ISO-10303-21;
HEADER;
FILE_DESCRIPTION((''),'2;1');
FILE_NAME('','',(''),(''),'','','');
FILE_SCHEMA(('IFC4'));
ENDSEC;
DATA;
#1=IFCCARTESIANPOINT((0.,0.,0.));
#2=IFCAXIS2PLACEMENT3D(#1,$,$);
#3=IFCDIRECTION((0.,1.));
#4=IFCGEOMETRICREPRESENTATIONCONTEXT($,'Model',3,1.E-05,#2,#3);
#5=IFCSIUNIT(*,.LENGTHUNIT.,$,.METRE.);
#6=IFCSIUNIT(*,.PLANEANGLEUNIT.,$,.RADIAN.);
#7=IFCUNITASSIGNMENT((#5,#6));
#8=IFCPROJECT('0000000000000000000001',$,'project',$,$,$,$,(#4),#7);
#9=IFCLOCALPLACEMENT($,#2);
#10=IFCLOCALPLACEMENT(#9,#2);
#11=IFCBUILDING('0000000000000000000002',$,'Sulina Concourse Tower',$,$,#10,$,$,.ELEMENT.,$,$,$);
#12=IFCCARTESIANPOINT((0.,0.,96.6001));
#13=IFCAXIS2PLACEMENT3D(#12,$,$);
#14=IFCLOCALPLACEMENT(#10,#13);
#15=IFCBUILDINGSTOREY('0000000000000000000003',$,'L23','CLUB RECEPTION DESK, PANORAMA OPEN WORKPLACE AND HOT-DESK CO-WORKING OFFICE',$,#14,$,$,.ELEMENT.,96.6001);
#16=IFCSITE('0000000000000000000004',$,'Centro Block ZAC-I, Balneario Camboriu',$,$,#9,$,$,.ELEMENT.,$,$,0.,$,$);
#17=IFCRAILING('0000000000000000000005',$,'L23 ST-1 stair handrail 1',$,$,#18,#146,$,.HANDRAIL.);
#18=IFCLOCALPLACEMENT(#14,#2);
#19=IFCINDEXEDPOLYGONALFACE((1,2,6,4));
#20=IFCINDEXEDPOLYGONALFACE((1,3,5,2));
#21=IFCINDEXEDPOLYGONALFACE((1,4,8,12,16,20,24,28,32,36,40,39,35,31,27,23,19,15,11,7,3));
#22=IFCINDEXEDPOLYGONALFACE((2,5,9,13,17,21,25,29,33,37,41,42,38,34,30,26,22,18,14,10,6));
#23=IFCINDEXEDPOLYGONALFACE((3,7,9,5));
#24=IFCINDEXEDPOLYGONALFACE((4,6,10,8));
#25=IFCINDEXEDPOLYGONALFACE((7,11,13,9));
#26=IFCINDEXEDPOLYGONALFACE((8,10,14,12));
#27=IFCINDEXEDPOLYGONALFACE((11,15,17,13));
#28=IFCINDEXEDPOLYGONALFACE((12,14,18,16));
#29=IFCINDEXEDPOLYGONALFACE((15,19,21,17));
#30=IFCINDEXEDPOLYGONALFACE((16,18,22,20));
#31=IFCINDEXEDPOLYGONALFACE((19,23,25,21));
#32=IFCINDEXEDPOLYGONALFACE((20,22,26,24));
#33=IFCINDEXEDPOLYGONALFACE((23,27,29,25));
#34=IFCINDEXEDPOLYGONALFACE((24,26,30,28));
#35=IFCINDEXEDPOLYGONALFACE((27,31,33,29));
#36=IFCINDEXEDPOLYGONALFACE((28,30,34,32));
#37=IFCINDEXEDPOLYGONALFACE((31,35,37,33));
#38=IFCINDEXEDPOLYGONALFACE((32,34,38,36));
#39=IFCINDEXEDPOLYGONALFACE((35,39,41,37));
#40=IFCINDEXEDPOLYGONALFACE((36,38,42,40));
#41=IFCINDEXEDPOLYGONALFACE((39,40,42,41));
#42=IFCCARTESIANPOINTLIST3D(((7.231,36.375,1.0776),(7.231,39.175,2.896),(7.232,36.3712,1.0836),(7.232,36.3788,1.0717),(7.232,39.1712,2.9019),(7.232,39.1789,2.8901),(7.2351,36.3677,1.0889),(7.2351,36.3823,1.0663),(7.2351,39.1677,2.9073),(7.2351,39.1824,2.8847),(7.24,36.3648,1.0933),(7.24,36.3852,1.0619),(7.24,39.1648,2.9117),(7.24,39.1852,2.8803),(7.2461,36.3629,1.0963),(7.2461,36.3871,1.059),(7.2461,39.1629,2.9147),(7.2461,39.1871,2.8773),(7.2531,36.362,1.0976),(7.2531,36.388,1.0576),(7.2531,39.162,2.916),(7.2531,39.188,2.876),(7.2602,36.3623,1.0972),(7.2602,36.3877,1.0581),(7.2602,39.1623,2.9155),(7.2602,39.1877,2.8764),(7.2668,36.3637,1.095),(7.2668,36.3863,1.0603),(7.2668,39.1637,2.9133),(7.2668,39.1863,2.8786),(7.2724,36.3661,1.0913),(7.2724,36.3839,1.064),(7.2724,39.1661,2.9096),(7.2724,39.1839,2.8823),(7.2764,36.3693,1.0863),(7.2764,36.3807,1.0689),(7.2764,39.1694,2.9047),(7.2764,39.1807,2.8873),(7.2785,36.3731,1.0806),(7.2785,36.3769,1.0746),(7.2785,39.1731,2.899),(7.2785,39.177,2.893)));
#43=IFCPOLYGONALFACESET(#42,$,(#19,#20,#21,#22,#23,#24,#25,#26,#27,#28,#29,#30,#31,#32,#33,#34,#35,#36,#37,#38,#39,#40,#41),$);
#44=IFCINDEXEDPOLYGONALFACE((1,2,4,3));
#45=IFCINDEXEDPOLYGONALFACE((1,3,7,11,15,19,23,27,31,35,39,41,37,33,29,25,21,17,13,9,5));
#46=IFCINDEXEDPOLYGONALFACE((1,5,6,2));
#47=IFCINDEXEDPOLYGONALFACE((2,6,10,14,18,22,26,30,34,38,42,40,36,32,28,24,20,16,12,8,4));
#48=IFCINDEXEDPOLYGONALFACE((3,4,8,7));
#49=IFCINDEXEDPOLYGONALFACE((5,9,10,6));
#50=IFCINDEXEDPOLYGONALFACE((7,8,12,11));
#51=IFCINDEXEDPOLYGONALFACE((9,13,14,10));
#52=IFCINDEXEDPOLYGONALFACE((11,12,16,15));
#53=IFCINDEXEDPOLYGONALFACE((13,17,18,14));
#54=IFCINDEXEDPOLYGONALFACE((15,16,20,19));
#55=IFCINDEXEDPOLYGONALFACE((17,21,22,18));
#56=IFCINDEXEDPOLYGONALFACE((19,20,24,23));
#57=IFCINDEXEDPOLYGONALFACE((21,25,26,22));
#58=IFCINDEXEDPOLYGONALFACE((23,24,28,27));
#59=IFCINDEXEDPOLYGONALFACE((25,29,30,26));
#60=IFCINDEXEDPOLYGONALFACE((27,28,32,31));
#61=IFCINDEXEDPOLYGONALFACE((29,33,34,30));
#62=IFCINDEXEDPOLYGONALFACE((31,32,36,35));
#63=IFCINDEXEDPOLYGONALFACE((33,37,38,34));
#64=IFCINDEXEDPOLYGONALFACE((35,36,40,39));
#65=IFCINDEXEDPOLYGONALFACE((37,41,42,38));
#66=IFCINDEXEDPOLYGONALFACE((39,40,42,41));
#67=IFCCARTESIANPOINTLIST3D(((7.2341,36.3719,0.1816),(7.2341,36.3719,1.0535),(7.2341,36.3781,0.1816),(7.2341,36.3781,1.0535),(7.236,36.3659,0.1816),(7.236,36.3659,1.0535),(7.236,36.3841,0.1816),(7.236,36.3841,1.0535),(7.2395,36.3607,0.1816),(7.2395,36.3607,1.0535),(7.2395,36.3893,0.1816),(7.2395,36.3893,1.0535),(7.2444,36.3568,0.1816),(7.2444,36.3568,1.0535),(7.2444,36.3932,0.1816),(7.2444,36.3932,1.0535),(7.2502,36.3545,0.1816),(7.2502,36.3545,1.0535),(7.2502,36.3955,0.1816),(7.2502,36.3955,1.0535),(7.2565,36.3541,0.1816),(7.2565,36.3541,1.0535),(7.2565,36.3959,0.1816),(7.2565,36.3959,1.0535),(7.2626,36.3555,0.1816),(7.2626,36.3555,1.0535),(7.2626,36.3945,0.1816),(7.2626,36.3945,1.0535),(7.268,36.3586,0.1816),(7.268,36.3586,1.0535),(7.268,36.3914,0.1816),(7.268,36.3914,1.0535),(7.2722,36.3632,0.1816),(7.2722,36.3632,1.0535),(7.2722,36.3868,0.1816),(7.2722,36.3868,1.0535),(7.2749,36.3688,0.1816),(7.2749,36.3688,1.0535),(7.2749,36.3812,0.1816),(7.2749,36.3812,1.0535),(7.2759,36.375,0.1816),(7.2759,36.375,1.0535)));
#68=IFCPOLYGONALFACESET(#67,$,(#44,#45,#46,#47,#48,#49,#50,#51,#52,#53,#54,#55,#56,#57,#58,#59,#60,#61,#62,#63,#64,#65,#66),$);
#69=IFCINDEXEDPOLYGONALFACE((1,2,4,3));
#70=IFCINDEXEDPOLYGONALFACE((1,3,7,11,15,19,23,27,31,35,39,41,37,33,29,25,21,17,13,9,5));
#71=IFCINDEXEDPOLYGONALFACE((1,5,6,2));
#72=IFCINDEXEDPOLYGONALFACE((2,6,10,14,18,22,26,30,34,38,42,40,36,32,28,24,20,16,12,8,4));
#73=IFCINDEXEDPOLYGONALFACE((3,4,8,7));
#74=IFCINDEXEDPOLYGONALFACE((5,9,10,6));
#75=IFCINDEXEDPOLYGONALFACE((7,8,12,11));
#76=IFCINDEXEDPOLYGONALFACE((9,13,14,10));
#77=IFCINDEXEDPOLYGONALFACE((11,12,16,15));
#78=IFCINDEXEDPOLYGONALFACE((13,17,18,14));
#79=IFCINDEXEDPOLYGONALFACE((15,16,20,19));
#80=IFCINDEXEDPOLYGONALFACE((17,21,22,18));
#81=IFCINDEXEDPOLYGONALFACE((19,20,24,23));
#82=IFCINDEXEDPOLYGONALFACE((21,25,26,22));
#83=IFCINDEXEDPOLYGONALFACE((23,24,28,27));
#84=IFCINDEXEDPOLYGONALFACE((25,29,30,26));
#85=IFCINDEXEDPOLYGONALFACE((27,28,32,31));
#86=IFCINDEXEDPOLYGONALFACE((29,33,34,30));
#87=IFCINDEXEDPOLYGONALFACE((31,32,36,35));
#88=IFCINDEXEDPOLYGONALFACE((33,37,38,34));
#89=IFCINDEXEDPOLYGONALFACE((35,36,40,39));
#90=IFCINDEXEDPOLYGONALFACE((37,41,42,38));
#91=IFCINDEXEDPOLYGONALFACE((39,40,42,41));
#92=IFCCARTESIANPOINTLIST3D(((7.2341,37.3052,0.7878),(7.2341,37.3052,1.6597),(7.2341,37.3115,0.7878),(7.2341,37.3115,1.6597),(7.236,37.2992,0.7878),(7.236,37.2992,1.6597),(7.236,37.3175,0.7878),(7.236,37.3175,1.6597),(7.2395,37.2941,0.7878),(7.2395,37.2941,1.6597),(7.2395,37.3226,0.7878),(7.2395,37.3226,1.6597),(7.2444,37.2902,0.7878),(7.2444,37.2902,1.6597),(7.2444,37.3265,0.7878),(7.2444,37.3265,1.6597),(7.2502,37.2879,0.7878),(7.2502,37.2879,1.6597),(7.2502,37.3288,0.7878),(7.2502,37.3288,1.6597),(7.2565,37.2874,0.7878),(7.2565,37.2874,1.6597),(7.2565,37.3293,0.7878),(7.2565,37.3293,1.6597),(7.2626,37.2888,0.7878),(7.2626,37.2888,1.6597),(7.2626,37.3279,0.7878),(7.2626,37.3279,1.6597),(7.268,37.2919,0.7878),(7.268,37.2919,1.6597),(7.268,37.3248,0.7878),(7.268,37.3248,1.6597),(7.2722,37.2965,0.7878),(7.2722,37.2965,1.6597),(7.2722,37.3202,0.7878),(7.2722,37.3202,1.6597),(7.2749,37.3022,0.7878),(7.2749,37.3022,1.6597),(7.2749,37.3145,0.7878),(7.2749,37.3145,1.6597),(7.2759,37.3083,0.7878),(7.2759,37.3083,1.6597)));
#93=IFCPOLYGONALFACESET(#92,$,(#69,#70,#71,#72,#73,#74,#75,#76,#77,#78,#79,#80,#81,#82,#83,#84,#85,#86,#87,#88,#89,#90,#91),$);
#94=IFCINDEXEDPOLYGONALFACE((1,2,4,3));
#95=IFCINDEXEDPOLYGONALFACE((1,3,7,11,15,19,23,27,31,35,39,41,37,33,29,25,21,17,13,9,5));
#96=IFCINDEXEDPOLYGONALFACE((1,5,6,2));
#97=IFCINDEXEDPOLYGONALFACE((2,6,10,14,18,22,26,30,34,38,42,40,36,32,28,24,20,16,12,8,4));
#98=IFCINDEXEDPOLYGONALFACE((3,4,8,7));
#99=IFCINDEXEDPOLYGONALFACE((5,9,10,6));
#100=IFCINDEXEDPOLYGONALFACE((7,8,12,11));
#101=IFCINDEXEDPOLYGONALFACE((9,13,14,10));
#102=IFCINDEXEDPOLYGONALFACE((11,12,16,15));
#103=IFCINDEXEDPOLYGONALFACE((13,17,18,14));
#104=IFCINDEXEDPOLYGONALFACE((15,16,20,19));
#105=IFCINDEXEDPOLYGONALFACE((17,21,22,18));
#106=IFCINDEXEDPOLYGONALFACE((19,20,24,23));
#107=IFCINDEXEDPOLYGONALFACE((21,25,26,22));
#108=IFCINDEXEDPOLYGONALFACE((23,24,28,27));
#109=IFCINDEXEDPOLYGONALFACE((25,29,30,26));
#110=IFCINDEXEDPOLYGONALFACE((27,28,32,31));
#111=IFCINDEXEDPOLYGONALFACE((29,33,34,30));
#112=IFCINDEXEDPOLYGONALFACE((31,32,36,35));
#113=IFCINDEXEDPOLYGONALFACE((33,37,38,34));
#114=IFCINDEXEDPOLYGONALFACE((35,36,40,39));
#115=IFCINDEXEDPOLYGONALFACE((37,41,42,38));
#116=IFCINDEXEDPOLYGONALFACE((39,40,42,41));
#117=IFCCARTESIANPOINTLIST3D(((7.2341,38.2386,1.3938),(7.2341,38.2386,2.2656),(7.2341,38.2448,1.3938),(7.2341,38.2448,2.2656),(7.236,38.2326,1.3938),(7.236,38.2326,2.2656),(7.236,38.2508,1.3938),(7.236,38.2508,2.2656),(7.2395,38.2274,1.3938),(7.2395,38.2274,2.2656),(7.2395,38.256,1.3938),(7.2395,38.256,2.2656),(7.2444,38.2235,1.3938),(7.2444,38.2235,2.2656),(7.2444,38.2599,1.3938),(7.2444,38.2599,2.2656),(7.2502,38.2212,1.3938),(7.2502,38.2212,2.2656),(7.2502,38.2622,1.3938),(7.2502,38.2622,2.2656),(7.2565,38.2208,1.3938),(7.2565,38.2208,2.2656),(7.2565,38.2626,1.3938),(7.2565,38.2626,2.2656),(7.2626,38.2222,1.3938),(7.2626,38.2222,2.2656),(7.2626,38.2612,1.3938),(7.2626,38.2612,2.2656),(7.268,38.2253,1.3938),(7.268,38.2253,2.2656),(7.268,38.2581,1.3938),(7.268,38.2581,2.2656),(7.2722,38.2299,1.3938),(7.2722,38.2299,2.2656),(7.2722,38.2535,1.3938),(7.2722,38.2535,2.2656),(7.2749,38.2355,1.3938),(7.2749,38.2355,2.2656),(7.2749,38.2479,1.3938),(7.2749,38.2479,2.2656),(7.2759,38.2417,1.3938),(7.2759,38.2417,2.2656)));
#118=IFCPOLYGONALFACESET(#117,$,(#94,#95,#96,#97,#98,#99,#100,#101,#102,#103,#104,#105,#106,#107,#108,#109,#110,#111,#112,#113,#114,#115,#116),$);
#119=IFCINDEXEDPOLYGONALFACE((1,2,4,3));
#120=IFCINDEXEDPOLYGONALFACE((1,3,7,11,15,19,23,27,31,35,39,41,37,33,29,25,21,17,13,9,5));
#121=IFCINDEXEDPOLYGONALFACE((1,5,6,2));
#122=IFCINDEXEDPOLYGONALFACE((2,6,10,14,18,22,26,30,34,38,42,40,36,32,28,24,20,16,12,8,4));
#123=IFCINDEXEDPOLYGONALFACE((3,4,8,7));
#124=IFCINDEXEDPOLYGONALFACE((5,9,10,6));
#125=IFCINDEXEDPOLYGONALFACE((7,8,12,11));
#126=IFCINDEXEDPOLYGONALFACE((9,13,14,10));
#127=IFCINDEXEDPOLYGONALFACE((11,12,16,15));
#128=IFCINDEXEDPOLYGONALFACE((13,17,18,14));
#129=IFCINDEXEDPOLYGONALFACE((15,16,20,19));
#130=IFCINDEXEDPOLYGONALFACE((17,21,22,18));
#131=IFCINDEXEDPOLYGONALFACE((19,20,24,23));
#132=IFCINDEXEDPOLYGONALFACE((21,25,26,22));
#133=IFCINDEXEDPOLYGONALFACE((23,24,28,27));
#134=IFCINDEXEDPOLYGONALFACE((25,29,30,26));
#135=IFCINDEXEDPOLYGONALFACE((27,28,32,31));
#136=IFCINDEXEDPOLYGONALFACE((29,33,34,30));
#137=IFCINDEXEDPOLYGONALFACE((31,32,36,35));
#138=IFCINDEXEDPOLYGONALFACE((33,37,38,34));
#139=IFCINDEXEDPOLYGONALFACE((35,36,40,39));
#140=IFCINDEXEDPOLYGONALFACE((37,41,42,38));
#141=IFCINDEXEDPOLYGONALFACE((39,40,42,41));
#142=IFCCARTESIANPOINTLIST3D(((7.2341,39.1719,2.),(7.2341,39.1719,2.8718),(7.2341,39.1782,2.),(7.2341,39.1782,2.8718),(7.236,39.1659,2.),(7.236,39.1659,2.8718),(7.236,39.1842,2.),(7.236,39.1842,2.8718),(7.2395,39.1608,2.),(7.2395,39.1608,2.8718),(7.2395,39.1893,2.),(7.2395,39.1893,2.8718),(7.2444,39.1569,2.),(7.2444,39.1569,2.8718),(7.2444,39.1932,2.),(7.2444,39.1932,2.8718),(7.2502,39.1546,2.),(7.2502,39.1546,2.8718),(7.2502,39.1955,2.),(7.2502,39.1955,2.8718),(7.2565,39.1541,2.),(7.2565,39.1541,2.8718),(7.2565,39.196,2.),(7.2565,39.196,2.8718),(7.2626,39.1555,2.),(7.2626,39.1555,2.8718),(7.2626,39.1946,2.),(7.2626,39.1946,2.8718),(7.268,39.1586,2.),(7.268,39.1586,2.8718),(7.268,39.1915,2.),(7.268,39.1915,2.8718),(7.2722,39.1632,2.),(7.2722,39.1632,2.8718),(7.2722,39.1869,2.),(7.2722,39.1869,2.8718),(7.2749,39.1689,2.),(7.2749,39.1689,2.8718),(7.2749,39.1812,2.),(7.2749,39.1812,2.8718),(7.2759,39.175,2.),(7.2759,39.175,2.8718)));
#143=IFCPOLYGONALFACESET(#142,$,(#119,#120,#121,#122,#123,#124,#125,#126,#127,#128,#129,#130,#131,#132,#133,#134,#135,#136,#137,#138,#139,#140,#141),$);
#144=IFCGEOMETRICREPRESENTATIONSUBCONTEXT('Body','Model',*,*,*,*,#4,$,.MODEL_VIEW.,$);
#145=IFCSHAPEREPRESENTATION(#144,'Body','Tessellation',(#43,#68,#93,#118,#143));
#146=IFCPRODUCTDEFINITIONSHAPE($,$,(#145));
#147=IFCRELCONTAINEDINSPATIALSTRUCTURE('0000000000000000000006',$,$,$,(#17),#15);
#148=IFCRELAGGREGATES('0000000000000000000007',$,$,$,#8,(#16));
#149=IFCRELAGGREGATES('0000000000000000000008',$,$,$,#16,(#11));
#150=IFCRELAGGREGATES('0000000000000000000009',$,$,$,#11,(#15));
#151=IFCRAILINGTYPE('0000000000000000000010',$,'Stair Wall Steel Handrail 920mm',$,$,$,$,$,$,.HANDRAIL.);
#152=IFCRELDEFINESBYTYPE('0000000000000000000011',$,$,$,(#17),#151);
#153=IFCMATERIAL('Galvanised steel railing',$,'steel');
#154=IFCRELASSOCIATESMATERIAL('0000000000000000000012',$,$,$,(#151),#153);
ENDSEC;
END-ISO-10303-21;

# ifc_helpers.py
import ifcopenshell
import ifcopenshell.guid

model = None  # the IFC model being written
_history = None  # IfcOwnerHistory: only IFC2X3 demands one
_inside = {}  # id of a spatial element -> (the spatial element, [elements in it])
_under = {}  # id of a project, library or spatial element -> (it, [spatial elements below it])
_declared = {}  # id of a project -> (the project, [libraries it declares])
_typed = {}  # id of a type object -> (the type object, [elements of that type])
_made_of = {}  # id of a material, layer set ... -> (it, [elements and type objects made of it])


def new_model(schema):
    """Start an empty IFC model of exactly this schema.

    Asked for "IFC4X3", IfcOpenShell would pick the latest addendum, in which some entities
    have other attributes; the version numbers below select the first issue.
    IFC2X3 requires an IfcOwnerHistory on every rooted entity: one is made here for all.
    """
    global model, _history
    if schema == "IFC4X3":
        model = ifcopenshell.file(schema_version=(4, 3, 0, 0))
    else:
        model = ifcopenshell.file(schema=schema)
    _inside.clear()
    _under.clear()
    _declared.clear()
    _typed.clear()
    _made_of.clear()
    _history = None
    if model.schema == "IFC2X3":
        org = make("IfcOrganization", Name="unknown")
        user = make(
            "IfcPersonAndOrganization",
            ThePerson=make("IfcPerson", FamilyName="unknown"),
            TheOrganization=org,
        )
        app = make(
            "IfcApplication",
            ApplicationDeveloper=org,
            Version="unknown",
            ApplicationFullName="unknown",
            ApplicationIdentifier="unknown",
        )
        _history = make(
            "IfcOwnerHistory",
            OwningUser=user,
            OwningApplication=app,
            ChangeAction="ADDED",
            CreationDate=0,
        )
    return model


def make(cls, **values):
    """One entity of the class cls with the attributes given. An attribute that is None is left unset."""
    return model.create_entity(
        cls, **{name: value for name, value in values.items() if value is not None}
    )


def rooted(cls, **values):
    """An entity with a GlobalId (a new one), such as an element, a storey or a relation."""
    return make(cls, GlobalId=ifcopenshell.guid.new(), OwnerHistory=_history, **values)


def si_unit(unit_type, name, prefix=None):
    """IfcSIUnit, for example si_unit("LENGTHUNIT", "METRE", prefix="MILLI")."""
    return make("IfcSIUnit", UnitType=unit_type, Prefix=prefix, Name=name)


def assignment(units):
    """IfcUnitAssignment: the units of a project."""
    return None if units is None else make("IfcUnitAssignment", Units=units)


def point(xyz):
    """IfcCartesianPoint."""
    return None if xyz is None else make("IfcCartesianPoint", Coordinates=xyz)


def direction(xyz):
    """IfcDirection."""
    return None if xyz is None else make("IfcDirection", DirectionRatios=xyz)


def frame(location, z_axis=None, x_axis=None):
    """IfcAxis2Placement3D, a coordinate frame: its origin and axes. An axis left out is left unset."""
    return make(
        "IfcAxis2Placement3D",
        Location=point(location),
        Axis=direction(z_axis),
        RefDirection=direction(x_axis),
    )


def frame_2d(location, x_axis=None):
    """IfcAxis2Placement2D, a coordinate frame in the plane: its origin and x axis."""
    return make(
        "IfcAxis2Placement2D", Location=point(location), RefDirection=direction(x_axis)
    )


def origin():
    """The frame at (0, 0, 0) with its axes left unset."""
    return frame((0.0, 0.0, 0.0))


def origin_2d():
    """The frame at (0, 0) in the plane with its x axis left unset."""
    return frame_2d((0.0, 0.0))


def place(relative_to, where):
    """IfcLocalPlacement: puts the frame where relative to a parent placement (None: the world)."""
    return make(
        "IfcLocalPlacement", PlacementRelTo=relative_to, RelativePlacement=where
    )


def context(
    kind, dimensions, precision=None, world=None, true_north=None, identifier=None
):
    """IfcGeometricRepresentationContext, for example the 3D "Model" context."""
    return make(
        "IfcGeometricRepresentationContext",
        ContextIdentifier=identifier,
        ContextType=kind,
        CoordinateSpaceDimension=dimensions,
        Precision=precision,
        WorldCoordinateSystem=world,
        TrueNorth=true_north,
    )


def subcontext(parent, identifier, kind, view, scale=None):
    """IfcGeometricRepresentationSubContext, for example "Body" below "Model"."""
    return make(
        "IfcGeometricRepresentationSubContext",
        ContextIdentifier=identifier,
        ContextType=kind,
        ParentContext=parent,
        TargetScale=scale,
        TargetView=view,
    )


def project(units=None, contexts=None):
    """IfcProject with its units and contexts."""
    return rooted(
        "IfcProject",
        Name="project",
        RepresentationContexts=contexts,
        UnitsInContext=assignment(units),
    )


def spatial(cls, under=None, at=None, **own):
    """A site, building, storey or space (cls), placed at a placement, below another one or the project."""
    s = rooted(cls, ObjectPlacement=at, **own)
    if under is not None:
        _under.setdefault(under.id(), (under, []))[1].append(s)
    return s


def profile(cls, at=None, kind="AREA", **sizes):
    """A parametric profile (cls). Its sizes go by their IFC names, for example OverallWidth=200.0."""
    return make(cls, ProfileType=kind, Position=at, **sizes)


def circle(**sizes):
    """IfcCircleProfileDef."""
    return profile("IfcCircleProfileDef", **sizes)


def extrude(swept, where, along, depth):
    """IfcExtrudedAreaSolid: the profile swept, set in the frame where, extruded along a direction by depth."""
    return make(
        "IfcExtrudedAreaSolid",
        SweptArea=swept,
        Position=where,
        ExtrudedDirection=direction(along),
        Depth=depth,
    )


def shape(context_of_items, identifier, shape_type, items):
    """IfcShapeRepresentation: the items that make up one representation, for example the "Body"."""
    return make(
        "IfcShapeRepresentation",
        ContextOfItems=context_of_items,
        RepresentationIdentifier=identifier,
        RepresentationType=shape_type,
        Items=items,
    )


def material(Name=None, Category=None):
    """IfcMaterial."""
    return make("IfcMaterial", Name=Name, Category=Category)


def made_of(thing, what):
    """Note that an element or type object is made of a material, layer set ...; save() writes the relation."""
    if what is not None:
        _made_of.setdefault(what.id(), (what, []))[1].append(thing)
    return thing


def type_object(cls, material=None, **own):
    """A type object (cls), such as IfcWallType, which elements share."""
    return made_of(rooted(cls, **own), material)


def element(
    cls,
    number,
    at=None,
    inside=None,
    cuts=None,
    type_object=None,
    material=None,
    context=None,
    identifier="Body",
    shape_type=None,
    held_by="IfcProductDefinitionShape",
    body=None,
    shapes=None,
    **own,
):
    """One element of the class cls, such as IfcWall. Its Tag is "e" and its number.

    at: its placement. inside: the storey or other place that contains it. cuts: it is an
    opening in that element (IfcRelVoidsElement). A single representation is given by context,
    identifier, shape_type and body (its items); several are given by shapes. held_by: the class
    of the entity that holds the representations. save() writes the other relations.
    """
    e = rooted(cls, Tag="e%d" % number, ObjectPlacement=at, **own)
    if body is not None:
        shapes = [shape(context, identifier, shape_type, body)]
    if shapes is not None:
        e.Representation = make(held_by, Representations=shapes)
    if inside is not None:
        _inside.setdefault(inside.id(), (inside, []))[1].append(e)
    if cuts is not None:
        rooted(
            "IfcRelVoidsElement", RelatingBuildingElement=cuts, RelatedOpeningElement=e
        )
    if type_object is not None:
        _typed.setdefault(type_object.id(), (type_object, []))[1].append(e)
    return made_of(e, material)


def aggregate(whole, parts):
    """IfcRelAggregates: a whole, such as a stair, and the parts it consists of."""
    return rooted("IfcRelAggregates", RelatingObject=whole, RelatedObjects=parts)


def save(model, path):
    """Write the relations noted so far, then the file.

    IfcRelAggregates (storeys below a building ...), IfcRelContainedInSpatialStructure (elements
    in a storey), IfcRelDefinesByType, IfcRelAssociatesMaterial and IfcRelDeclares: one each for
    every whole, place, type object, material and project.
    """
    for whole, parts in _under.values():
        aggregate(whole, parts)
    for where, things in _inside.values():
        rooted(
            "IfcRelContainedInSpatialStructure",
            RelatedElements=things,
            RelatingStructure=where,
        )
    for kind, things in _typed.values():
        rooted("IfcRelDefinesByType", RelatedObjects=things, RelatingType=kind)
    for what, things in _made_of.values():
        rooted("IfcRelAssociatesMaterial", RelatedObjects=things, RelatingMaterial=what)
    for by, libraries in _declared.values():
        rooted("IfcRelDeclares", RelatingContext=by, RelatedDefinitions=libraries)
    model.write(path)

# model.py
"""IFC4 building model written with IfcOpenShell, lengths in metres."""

from ifc_helpers import new_model, si_unit, direction, frame, origin, origin_2d, place, context, subcontext, project, spatial, circle, extrude, material, type_object, element, save


model = new_model("IFC4")

# Units and contexts
model_context = context("Model", 3, precision=1e-05, world=origin(), true_north=direction((0.0, 1.0)))
body_context = subcontext(model_context, "Body", "Model", "MODEL_VIEW")
ifc_project = project(units=[si_unit("LENGTHUNIT", "METRE"), si_unit("PLANEANGLEUNIT", "RADIAN")], contexts=[model_context])

# Site, building, storey
site_placement = place(None, origin())
site = spatial("IfcSite", under=ifc_project, at=site_placement, Name="Centro Block ZAC-I, Balneario Camboriu", CompositionType="ELEMENT", RefElevation=0.0)
building_placement = place(site_placement, origin())
building = spatial("IfcBuilding", under=site, at=building_placement, Name="Sulina Concourse Tower", CompositionType="ELEMENT")
storey_placement = place(building_placement, frame((0.0, 0.0, 96.6001)))
storey = spatial("IfcBuildingStorey", under=building, at=storey_placement, Name="L23", Description="CLUB RECEPTION DESK, PANORAMA OPEN WORKPLACE AND HOT-DESK CO-WORKING OFFICE", CompositionType="ELEMENT", Elevation=96.6001)

# Railing
ifc_material_1 = material(Name="Galvanised steel railing", Category="steel")
railing_type_1 = type_object("IfcRailingType", Name="Stair Wall Steel Handrail 920mm", PredefinedType="HANDRAIL", material=ifc_material_1)
railing_1_placement = place(storey_placement, frame((7.2549, 36.375, 0.1816)))
element("IfcRailing", 1, at=railing_1_placement, inside=storey, type_object=railing_type_1, Name="L23 ST-1 stair handrail 1", PredefinedType="HANDRAIL", context=body_context, shape_type="SweptSolid", body=[
    extrude(circle(Radius=0.0239, at=origin_2d()), frame((0.0, 0.0, 0.896), z_axis=(0.0, 0.838672, 0.544636), x_axis=(-1.0, 0.0, 0.0)), (0.0, 0.0, 1.0), 3.3386),
    extrude(circle(Radius=0.021, at=origin_2d()), origin(), (0.0, 0.0, 1.0), 0.8718),
    extrude(circle(Radius=0.021, at=origin_2d()), frame((0.0, 0.9333, 0.6062)), (0.0, 0.0, 1.0), 0.8718),
    extrude(circle(Radius=0.021, at=origin_2d()), frame((0.0, 1.8667, 1.2122)), (0.0, 0.0, 1.0), 0.8718),
    extrude(circle(Radius=0.021, at=origin_2d()), frame((0.0, 2.8, 1.8184)), (0.0, 0.0, 1.0), 0.8718),
])

save(model, "model.ifc")
